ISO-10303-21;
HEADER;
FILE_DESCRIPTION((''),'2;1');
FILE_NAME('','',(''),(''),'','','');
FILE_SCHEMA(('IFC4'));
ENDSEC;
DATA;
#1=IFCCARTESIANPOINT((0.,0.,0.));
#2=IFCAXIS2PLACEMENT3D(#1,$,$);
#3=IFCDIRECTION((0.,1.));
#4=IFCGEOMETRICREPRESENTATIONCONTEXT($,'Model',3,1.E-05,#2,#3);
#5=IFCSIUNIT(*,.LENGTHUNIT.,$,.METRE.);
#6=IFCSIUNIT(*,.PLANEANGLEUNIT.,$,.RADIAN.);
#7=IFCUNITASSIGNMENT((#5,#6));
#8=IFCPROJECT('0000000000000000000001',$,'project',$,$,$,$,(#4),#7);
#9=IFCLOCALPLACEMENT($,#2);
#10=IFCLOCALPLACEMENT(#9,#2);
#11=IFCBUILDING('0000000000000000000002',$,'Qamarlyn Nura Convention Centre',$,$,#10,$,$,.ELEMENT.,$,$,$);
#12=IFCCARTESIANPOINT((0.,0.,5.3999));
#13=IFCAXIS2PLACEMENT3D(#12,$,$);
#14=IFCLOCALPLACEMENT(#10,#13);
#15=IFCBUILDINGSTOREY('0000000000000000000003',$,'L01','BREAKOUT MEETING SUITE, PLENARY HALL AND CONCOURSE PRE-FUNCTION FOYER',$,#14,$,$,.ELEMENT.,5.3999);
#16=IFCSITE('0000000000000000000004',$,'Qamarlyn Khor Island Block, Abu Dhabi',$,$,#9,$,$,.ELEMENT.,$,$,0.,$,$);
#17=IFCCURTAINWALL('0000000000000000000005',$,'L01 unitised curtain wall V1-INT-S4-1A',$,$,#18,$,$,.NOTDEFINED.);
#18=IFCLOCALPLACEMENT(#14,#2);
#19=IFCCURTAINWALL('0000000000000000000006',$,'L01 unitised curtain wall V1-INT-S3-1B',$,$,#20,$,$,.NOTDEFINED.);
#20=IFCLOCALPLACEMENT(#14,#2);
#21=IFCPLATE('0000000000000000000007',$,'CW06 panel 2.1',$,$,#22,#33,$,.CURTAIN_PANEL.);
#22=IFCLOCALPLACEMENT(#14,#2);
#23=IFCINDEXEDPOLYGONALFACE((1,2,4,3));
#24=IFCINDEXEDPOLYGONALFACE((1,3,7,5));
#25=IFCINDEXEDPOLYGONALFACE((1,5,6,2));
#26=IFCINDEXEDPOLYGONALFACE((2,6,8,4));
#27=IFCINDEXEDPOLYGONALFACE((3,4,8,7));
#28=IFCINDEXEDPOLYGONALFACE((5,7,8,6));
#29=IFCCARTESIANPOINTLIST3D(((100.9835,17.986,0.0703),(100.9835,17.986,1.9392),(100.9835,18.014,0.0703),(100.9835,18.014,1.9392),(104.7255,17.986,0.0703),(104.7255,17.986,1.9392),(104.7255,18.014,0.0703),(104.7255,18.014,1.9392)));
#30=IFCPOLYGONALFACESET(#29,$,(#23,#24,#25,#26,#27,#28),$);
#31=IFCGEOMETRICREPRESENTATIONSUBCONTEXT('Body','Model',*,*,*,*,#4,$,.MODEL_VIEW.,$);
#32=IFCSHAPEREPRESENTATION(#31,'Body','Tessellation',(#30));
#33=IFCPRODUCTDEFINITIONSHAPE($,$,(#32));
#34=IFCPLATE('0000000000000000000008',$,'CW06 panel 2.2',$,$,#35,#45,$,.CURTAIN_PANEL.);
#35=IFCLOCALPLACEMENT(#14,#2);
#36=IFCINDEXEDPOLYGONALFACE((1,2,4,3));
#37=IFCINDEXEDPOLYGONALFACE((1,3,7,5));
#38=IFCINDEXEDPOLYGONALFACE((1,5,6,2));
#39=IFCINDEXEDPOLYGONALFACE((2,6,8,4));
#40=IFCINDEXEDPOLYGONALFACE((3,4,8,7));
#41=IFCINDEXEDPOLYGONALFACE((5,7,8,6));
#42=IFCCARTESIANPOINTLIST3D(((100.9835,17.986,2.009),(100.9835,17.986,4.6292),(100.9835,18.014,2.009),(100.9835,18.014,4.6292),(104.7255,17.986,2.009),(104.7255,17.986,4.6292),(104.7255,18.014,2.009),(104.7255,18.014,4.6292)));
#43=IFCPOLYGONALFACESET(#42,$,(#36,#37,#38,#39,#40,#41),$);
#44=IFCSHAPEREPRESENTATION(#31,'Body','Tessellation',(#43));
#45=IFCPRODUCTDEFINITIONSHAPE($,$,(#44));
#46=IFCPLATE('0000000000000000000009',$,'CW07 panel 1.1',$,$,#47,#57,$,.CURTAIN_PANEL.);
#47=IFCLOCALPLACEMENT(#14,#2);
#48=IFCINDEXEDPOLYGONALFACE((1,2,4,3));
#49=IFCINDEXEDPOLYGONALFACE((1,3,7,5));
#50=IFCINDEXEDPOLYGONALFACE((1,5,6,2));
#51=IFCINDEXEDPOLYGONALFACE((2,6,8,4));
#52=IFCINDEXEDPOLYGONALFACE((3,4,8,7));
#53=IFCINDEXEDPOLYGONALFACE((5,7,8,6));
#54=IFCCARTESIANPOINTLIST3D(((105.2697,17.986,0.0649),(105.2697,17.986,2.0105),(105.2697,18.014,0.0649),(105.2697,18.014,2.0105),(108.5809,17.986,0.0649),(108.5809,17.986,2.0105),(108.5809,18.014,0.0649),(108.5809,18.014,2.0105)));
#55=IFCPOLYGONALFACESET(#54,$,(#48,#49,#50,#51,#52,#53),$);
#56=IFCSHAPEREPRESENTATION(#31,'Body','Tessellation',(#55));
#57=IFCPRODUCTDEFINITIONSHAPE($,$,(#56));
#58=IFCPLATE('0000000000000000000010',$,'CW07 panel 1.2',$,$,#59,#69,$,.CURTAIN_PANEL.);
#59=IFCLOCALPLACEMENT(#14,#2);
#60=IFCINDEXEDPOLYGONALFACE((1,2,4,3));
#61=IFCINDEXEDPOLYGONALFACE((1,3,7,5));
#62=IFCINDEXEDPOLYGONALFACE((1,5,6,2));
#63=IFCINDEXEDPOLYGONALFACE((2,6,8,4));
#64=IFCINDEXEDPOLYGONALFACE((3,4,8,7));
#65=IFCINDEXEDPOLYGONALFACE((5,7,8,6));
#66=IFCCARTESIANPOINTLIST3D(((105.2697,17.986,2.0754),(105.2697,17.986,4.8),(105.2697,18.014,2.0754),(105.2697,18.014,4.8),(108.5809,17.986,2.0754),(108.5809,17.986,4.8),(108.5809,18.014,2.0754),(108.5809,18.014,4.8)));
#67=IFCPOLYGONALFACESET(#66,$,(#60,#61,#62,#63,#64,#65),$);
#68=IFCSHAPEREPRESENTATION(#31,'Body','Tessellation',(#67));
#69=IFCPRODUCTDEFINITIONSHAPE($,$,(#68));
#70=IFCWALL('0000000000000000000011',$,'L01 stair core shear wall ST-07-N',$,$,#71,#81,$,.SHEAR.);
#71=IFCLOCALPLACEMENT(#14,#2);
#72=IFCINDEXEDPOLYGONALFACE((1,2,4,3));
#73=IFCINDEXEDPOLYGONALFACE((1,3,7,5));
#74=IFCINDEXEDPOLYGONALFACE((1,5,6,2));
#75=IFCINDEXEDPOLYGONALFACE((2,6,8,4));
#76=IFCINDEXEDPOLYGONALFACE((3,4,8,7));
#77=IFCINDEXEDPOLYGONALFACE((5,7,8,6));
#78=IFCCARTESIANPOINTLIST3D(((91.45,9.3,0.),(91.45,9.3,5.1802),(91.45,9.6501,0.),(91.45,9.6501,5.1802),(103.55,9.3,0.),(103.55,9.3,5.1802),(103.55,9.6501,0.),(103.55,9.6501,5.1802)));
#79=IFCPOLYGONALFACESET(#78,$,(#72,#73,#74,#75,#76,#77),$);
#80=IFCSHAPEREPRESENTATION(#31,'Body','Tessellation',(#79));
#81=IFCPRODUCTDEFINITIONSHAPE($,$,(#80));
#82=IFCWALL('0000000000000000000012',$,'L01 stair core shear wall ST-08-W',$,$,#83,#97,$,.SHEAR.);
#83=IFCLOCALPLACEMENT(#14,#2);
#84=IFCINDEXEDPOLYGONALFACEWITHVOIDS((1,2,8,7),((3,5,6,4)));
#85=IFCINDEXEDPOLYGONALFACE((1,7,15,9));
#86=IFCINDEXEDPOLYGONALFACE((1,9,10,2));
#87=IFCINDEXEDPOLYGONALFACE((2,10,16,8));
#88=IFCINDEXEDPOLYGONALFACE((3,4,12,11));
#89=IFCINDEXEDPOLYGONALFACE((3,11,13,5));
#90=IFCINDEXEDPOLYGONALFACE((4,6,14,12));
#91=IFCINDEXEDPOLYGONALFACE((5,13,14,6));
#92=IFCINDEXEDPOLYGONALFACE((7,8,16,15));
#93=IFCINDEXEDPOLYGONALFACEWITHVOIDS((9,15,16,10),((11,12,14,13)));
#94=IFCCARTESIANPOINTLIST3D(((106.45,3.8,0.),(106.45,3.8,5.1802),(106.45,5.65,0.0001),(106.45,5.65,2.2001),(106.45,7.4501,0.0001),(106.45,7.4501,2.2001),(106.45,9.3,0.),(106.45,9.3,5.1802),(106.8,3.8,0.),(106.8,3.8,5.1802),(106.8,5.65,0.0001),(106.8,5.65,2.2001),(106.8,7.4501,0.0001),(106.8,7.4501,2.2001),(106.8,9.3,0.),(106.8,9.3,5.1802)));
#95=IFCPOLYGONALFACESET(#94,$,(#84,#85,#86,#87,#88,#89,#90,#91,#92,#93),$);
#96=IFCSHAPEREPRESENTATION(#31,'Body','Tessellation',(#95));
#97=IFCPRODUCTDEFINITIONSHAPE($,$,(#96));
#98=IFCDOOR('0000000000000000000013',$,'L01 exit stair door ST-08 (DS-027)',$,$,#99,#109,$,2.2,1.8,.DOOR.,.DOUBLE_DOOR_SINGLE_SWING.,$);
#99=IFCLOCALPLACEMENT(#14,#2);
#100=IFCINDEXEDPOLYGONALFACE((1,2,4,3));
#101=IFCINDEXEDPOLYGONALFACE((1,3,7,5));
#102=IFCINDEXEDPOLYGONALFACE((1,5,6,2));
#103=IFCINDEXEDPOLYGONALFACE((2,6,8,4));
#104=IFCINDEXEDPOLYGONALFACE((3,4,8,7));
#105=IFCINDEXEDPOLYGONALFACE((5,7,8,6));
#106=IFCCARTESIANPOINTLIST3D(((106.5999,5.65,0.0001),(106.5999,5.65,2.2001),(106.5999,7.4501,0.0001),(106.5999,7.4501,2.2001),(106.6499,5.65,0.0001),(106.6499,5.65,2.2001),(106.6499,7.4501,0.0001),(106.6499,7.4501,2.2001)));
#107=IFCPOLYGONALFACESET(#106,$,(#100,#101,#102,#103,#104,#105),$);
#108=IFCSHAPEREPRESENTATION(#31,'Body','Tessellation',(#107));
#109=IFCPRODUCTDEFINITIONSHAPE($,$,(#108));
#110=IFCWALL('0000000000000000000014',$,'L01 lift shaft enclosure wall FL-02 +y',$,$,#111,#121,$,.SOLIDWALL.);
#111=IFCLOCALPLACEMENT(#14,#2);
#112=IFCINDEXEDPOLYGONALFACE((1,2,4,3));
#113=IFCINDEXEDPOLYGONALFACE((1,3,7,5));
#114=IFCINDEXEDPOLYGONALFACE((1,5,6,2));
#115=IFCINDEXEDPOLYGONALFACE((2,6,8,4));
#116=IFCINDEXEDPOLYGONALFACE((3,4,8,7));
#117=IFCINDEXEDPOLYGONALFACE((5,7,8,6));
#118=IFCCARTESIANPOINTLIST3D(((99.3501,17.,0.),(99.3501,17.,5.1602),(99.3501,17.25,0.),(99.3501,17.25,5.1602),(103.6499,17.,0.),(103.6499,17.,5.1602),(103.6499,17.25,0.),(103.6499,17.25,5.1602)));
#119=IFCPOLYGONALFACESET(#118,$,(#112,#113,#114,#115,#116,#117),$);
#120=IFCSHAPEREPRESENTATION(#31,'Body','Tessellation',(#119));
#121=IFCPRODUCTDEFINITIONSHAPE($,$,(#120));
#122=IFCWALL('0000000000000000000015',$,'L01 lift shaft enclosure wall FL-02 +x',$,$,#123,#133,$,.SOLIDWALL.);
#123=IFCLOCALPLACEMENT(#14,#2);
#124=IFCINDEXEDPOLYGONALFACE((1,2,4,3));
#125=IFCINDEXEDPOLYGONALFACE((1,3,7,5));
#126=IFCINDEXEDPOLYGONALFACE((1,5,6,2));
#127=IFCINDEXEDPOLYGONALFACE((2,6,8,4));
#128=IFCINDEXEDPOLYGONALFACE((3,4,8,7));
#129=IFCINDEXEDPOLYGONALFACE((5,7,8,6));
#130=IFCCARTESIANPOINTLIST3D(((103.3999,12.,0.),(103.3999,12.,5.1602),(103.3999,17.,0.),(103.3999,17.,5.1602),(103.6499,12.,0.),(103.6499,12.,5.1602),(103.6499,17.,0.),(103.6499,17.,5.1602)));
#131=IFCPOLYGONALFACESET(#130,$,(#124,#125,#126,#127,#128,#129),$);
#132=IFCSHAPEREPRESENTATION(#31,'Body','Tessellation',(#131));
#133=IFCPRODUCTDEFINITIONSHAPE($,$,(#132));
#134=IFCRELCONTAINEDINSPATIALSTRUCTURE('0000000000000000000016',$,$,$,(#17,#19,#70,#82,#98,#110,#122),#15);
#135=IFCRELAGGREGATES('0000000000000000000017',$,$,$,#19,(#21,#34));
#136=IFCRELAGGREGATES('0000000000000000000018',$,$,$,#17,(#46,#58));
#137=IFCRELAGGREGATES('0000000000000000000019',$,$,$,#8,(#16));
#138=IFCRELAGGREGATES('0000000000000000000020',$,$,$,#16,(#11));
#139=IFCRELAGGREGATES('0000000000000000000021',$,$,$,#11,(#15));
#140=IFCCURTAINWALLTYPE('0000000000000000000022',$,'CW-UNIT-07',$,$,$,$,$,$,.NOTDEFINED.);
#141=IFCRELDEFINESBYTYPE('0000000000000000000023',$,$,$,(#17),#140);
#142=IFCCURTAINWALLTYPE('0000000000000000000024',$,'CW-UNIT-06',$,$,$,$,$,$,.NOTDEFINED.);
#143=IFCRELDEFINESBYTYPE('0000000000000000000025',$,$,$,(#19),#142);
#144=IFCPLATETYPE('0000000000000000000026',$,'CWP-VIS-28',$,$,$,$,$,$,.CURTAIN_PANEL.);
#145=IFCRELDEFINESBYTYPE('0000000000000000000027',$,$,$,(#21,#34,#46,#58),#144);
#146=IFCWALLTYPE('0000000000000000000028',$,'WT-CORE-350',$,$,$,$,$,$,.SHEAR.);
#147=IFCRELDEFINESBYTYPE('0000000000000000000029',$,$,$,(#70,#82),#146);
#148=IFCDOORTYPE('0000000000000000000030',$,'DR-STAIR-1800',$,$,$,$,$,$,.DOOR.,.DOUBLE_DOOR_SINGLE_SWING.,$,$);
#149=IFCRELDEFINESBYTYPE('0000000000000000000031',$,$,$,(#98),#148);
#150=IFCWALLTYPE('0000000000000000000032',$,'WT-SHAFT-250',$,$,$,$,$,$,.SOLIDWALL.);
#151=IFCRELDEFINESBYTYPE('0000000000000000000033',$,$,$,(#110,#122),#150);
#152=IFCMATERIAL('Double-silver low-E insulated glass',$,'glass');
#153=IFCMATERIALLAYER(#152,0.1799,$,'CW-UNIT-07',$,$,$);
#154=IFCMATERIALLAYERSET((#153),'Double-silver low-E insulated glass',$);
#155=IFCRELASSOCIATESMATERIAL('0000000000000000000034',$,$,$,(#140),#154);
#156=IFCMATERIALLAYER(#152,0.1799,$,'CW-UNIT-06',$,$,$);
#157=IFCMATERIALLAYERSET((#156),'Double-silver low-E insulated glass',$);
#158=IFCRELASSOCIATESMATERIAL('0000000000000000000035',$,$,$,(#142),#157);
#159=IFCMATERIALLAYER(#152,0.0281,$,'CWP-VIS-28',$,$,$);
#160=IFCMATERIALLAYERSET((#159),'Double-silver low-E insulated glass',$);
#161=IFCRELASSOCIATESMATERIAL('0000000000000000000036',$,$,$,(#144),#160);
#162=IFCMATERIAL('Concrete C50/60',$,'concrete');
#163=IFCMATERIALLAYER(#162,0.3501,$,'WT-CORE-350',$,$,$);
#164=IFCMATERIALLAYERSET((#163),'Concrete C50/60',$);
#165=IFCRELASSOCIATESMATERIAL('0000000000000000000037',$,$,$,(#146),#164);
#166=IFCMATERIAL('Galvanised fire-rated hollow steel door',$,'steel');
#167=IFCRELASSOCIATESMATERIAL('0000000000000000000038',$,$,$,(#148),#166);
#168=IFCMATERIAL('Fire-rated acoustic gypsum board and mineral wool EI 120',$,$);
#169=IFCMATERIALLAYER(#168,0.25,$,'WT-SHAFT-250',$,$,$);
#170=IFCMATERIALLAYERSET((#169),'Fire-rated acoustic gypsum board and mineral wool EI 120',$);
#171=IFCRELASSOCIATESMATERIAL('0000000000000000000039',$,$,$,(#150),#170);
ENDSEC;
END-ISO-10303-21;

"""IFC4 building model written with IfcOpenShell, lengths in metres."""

from ifc_helpers import new_model, si_unit, direction, frame, frame_2d, origin, origin_2d, place, context, subcontext, project, spatial, rectangle, extrude, material, layer, layer_set, type_object, element, fill, aggregate, save


model = new_model("IFC4")

# Units and contexts
model_context = context("Model", 3, precision=1e-05, world=origin(), true_north=direction((0.0, 1.0)))
body_context = subcontext(model_context, "Body", "Model", "MODEL_VIEW")
ifc_project = project(units=[si_unit("LENGTHUNIT", "METRE"), si_unit("PLANEANGLEUNIT", "RADIAN")], contexts=[model_context])

# Site, building, storey
site_placement = place(None, origin())
site = spatial("IfcSite", under=ifc_project, at=site_placement, Name="Qamarlyn Khor Island Block, Abu Dhabi", CompositionType="ELEMENT", RefElevation=0.0)
building_placement = place(site_placement, origin())
building = spatial("IfcBuilding", under=site, at=building_placement, Name="Qamarlyn Nura Convention Centre", CompositionType="ELEMENT")
storey_placement = place(building_placement, frame((0.0, 0.0, 5.3999)))
storey = spatial("IfcBuildingStorey", under=building, at=storey_placement, Name="L01", Description="BREAKOUT MEETING SUITE, PLENARY HALL AND CONCOURSE PRE-FUNCTION FOYER", CompositionType="ELEMENT", Elevation=5.3999)

# Curtain walls
ifc_material_1 = material(Name="Double-silver low-E insulated glass", Category="glass")
ifc_layer_1 = layer(ifc_material_1, 0.1799, Name="CW-UNIT-07")
ifc_layer_set_1 = layer_set([ifc_layer_1], Name="Double-silver low-E insulated glass")
curtain_wall_type_1 = type_object("IfcCurtainWallType", Name="CW-UNIT-07", PredefinedType="NOTDEFINED", material=ifc_layer_set_1)
curtain_wall_1_placement = place(storey_placement, origin())
curtain_wall_1 = element("IfcCurtainWall", 1, at=curtain_wall_1_placement, inside=storey, type_object=curtain_wall_type_1, Name="L01 unitised curtain wall V1-INT-S4-1A", PredefinedType="NOTDEFINED")
ifc_layer_2 = layer(ifc_material_1, 0.1799, Name="CW-UNIT-06")
ifc_layer_set_2 = layer_set([ifc_layer_2], Name="Double-silver low-E insulated glass")
curtain_wall_type_2 = type_object("IfcCurtainWallType", Name="CW-UNIT-06", PredefinedType="NOTDEFINED", material=ifc_layer_set_2)
curtain_wall_2_placement = place(storey_placement, origin())
curtain_wall_2 = element("IfcCurtainWall", 2, at=curtain_wall_2_placement, inside=storey, type_object=curtain_wall_type_2, Name="L01 unitised curtain wall V1-INT-S3-1B", PredefinedType="NOTDEFINED")

# Plates
ifc_layer_3 = layer(ifc_material_1, 0.0281, Name="CWP-VIS-28")
ifc_layer_set_3 = layer_set([ifc_layer_3], Name="Double-silver low-E insulated glass")
plate_type = type_object("IfcPlateType", Name="CWP-VIS-28", PredefinedType="CURTAIN_PANEL", material=ifc_layer_set_3)
plate_1_placement = place(storey_placement, frame((102.8545, 18.0, 0.0703), z_axis=(0.0, 0.0, 1.0), x_axis=(1.0, 0.0, 0.0)))
plate_1 = element("IfcPlate", 3, at=plate_1_placement, type_object=plate_type, Name="CW06 panel 2.1", PredefinedType="CURTAIN_PANEL", context=body_context, shape_type="SweptSolid", body=[
    extrude(rectangle(XDim=3.7419, YDim=0.0281, at=origin_2d()), origin(), (0.0, 0.0, 1.0), 1.8689),
])
plate_2_placement = place(storey_placement, frame((102.8545, 18.0, 2.009), z_axis=(0.0, 0.0, 1.0), x_axis=(1.0, 0.0, 0.0)))
plate_2 = element("IfcPlate", 4, at=plate_2_placement, type_object=plate_type, Name="CW06 panel 2.2", PredefinedType="CURTAIN_PANEL", context=body_context, shape_type="SweptSolid", body=[
    extrude(rectangle(XDim=3.7419, YDim=0.0281, at=origin_2d()), origin(), (0.0, 0.0, 1.0), 2.6201),
])
aggregate(curtain_wall_2, [plate_1, plate_2])
plate_3_placement = place(storey_placement, frame((106.9253, 18.0, 0.0649), z_axis=(0.0, 0.0, 1.0), x_axis=(1.0, 0.0, 0.0)))
plate_3 = element("IfcPlate", 5, at=plate_3_placement, type_object=plate_type, Name="CW07 panel 1.1", PredefinedType="CURTAIN_PANEL", context=body_context, shape_type="SweptSolid", body=[
    extrude(rectangle(XDim=3.3113, YDim=0.0281, at=origin_2d()), origin(), (0.0, 0.0, 1.0), 1.9456),
])
plate_4_placement = place(storey_placement, frame((106.9253, 18.0, 2.0754), z_axis=(0.0, 0.0, 1.0), x_axis=(1.0, 0.0, 0.0)))
plate_4 = element("IfcPlate", 6, at=plate_4_placement, type_object=plate_type, Name="CW07 panel 1.2", PredefinedType="CURTAIN_PANEL", context=body_context, shape_type="SweptSolid", body=[
    extrude(rectangle(XDim=3.3113, YDim=0.0281, at=origin_2d()), origin(), (0.0, 0.0, 1.0), 2.7246),
])
aggregate(curtain_wall_1, [plate_3, plate_4])

# Wall
ifc_material_2 = material(Name="Concrete C50/60", Category="concrete")
ifc_layer_4 = layer(ifc_material_2, 0.3501, Name="WT-CORE-350")
ifc_layer_set_4 = layer_set([ifc_layer_4], Name="Concrete C50/60")
wall_type_1 = type_object("IfcWallType", Name="WT-CORE-350", PredefinedType="SHEAR", material=ifc_layer_set_4)
wall_1_placement = place(storey_placement, frame((103.55, 9.4751, 0.0), z_axis=(0.0, 0.0, 1.0), x_axis=(-1.0, 0.0, 0.0)))
element("IfcWall", 7, at=wall_1_placement, inside=storey, type_object=wall_type_1, Name="L01 stair core shear wall ST-07-N", PredefinedType="SHEAR", context=body_context, shape_type="SweptSolid", body=[
    extrude(rectangle(XDim=12.1001, YDim=0.3501, at=frame_2d((6.05, 0.0))), origin(), (0.0, 0.0, 1.0), 5.1802),
])

# Wall, opening, door
wall_2_placement = place(storey_placement, frame((106.625, 9.3, 0.0), z_axis=(0.0, 0.0, 1.0), x_axis=(0.0, -1.0, 0.0)))
wall_2 = element("IfcWall", 8, at=wall_2_placement, inside=storey, type_object=wall_type_1, Name="L01 stair core shear wall ST-08-W", PredefinedType="SHEAR", context=body_context, shape_type="SweptSolid", body=[
    extrude(rectangle(XDim=5.5, YDim=0.3501, at=frame_2d((2.75, 0.0))), origin(), (0.0, 0.0, 1.0), 5.1802),
])
opening_placement = place(wall_2_placement, frame((1.8501, 0.0, 0.0)))
opening = element("IfcOpeningElement", 9, at=opening_placement, cuts=wall_2, PredefinedType="OPENING", context=body_context, shape_type="SweptSolid", body=[
    extrude(rectangle(XDim=1.8, YDim=2.2, at=frame_2d((0.8999, 1.1001))), frame((0.0, 0.1851, 0.0), z_axis=(0.0, -1.0, 0.0), x_axis=(1.0, 0.0, 0.0)), (0.0, 0.0, 1.0), 0.3701),
])
ifc_material_3 = material(Name="Galvanised fire-rated hollow steel door", Category="steel")
door_type = type_object("IfcDoorType", Name="DR-STAIR-1800", OperationType="DOUBLE_DOOR_SINGLE_SWING", PredefinedType="DOOR", material=ifc_material_3)
door_placement = place(opening_placement, origin())
door = element("IfcDoor", 10, at=door_placement, inside=storey, type_object=door_type, Name="L01 exit stair door ST-08 (DS-027)", OperationType="DOUBLE_DOOR_SINGLE_SWING", OverallHeight=2.2, OverallWidth=1.8, PredefinedType="DOOR", context=body_context, shape_type="SweptSolid", body=[
    extrude(rectangle(XDim=1.8, YDim=2.2, at=frame_2d((0.8999, 1.1001))), frame((0.0, 0.0249, 0.0), z_axis=(0.0, -1.0, 0.0), x_axis=(1.0, 0.0, 0.0)), (0.0, 0.0, 1.0), 0.05),
])
fill(opening, door)

# Walls
ifc_material_4 = material(Name="Fire-rated acoustic gypsum board and mineral wool EI 120")
ifc_layer_5 = layer(ifc_material_4, 0.25, Name="WT-SHAFT-250")
ifc_layer_set_5 = layer_set([ifc_layer_5], Name="Fire-rated acoustic gypsum board and mineral wool EI 120")
wall_type_2 = type_object("IfcWallType", Name="WT-SHAFT-250", PredefinedType="SOLIDWALL", material=ifc_layer_set_5)
wall_3_placement = place(storey_placement, frame((103.6499, 17.125, 0.0), z_axis=(0.0, 0.0, 1.0), x_axis=(-1.0, 0.0, 0.0)))
element("IfcWall", 11, at=wall_3_placement, inside=storey, type_object=wall_type_2, Name="L01 lift shaft enclosure wall FL-02 +y", PredefinedType="SOLIDWALL", context=body_context, shape_type="SweptSolid", body=[
    extrude(rectangle(XDim=4.2998, YDim=0.25, at=frame_2d((2.1499, 0.0))), origin(), (0.0, 0.0, 1.0), 5.1602),
])
wall_4_placement = place(storey_placement, frame((103.5249, 12.0, 0.0), z_axis=(0.0, 0.0, 1.0), x_axis=(0.0, 1.0, 0.0)))
element("IfcWall", 12, at=wall_4_placement, inside=storey, type_object=wall_type_2, Name="L01 lift shaft enclosure wall FL-02 +x", PredefinedType="SOLIDWALL", context=body_context, shape_type="SweptSolid", body=[
    extrude(rectangle(XDim=5.0, YDim=0.25, at=frame_2d((2.5, 0.0))), origin(), (0.0, 0.0, 1.0), 5.1602),
])

save(model, "model.ifc")
